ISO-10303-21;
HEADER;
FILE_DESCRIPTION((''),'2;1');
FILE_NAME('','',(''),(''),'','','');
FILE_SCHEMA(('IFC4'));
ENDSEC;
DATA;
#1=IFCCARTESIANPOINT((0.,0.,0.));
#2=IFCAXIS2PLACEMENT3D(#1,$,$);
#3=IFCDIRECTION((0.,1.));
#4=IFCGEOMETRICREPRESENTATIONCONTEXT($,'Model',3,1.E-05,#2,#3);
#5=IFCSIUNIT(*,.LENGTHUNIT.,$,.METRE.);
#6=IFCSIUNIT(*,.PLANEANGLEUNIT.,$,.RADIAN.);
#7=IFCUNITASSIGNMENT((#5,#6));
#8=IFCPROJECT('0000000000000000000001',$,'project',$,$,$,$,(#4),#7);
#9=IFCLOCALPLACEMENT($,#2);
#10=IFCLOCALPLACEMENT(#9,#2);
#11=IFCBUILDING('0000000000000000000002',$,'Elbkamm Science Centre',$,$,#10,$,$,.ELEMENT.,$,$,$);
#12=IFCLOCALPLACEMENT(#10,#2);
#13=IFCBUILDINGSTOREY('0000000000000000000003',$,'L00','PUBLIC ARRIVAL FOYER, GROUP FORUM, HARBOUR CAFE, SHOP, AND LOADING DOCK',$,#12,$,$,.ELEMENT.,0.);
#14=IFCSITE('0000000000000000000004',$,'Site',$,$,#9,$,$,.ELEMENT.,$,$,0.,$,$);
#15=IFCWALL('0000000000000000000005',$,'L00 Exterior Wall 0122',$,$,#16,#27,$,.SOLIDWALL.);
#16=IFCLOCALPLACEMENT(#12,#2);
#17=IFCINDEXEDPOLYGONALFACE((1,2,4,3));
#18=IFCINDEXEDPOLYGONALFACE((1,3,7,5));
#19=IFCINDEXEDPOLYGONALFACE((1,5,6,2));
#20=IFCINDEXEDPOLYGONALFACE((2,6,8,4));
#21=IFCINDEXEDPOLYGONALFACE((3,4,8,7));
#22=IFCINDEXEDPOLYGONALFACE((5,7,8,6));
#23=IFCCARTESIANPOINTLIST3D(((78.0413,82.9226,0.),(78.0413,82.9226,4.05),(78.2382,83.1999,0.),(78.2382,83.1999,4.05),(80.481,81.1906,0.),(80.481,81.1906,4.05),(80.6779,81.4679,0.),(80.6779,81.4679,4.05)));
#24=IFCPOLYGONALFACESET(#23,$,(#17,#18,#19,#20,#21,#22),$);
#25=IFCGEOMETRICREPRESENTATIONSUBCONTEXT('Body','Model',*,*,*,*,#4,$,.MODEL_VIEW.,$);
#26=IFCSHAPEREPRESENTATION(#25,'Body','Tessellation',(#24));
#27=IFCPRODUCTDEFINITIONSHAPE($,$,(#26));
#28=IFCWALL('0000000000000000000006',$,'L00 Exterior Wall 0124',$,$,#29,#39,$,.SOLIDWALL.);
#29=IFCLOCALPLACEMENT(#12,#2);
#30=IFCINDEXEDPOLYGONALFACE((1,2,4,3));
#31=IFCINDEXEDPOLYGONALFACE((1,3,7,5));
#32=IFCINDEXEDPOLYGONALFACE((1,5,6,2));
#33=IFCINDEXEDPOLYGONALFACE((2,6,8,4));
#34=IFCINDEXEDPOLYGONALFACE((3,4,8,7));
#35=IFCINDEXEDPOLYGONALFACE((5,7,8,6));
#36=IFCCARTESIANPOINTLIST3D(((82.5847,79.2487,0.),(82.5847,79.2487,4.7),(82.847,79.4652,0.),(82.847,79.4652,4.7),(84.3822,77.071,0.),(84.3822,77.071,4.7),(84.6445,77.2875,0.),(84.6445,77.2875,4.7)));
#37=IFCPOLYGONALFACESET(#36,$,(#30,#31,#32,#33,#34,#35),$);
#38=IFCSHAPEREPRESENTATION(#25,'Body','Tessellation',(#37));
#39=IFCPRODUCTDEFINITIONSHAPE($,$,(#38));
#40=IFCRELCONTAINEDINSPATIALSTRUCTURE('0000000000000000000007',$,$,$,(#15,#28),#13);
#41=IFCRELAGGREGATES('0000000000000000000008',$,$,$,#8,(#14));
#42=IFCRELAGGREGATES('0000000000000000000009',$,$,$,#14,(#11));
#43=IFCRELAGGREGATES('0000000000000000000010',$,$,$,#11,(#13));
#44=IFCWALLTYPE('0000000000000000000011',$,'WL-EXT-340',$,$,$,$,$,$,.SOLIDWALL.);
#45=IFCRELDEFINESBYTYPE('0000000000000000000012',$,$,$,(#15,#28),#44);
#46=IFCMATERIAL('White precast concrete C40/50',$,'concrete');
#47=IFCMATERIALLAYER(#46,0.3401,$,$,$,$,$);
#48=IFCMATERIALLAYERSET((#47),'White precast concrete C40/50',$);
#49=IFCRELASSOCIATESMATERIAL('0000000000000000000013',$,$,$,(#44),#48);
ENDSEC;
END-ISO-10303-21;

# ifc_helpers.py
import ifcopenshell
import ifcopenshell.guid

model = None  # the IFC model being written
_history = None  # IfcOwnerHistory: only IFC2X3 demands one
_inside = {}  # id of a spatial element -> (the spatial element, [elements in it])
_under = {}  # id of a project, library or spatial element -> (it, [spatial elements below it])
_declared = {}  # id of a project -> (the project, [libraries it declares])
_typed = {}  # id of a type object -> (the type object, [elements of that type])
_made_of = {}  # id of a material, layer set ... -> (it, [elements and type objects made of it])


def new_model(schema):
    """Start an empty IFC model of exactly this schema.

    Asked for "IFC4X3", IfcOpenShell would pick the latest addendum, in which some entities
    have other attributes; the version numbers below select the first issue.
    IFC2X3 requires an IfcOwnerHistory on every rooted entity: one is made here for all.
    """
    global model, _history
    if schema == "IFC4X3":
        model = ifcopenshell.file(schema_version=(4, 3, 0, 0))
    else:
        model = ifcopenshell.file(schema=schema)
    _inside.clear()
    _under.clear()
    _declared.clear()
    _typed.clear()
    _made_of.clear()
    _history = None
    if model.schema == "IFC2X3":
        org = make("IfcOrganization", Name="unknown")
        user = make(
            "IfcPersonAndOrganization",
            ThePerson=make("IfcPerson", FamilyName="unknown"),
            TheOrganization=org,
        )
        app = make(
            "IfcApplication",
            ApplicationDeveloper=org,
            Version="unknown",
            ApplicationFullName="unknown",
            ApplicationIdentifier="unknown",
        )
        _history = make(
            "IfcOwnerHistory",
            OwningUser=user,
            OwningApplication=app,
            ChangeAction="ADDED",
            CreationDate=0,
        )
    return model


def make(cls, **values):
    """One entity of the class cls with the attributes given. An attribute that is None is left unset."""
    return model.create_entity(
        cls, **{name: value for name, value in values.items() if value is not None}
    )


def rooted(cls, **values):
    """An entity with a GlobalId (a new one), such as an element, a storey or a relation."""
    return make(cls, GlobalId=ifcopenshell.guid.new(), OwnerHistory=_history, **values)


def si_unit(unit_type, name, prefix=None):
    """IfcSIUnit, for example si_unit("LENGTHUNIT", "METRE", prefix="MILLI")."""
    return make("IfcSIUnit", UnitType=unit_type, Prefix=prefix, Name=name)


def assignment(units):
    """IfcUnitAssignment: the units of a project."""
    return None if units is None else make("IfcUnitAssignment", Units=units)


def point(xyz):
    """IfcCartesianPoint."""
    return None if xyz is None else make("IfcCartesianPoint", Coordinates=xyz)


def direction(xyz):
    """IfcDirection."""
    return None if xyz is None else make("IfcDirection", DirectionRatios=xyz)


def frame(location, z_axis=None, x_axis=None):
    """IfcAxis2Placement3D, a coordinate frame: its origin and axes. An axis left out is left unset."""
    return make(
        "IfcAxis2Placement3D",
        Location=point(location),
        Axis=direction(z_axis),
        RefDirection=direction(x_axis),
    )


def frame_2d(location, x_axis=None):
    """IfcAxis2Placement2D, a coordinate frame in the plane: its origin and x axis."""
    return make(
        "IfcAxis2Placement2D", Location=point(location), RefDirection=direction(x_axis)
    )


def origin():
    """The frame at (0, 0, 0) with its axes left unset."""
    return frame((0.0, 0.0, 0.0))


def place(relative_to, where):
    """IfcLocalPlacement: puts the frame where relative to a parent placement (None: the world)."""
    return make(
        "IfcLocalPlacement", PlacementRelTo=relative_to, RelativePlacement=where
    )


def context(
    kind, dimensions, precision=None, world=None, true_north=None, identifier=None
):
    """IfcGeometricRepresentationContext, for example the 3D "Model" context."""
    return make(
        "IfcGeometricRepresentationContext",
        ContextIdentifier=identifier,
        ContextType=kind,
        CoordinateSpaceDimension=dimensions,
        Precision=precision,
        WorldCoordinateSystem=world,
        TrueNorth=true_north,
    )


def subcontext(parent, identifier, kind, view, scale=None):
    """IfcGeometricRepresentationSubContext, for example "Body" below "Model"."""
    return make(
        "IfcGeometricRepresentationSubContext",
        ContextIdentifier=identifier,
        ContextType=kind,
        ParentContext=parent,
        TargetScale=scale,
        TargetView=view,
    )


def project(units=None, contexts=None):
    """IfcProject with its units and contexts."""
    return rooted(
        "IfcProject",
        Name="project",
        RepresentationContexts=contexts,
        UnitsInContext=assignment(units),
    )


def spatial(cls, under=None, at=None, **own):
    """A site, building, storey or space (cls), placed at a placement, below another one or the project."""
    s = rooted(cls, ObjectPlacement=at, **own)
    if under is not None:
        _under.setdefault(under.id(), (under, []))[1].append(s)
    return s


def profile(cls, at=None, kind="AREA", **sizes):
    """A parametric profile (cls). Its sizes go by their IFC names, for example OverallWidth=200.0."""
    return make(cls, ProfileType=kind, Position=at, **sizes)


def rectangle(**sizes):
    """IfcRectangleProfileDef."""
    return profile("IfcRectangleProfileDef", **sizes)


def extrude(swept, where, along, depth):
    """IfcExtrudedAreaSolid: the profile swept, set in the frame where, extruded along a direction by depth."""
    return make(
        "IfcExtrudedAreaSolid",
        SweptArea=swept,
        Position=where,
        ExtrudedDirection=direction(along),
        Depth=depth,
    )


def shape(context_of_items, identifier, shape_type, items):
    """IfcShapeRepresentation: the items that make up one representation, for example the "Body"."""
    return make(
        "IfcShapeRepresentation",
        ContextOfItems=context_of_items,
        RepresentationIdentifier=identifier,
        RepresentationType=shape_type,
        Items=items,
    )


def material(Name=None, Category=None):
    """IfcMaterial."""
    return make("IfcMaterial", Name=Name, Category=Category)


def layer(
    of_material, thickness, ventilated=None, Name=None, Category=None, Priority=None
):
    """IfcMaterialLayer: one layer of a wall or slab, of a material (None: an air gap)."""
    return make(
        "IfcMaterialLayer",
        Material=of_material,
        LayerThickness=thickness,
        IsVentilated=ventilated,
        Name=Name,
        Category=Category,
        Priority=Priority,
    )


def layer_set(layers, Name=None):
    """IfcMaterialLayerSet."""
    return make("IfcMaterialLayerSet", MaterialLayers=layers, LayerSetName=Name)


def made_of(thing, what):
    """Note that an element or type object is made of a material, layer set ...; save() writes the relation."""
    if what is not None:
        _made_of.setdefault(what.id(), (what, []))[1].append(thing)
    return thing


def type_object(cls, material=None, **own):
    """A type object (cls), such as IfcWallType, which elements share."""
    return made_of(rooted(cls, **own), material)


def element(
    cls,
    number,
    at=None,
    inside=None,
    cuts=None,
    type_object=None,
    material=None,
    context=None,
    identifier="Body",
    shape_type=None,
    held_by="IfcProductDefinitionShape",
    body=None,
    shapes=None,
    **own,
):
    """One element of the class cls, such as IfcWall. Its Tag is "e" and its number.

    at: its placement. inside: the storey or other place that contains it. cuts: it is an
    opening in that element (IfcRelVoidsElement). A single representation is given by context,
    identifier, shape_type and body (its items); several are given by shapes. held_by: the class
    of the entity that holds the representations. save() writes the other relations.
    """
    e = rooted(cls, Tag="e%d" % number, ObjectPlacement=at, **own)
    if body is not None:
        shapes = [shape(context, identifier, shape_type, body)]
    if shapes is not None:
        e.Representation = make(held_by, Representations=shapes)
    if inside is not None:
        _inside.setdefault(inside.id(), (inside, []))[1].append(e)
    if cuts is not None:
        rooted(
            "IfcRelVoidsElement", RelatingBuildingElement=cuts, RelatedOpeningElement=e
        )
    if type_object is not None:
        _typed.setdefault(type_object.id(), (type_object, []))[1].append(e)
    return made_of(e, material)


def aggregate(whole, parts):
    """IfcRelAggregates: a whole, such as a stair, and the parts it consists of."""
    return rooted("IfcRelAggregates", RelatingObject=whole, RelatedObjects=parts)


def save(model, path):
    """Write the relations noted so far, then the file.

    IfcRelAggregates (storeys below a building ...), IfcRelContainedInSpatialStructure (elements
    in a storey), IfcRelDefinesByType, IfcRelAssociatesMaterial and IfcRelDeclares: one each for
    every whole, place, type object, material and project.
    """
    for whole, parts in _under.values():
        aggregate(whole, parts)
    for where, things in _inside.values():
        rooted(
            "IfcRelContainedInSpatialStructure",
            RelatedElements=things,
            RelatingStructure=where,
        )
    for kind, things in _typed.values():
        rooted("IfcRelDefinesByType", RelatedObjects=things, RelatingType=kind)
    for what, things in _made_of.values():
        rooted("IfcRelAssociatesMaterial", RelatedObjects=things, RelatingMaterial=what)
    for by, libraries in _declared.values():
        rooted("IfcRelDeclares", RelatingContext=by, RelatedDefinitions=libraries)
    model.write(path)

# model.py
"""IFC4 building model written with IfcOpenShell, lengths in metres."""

from ifc_helpers import new_model, si_unit, direction, frame, frame_2d, origin, place, context, subcontext, project, spatial, rectangle, extrude, material, layer, layer_set, type_object, element, save


model = new_model("IFC4")

# Units and contexts
model_context = context("Model", 3, precision=1e-05, world=origin(), true_north=direction((0.0, 1.0)))
body_context = subcontext(model_context, "Body", "Model", "MODEL_VIEW")
ifc_project = project(units=[si_unit("LENGTHUNIT", "METRE"), si_unit("PLANEANGLEUNIT", "RADIAN")], contexts=[model_context])

# Site, building, storey
site_placement = place(None, origin())
site = spatial("IfcSite", under=ifc_project, at=site_placement, Name="Site", CompositionType="ELEMENT", RefElevation=0.0)
building_placement = place(site_placement, origin())
building = spatial("IfcBuilding", under=site, at=building_placement, Name="Elbkamm Science Centre", CompositionType="ELEMENT")
storey_placement = place(building_placement, origin())
storey = spatial("IfcBuildingStorey", under=building, at=storey_placement, Name="L00", Description="PUBLIC ARRIVAL FOYER, GROUP FORUM, HARBOUR CAFE, SHOP, AND LOADING DOCK", CompositionType="ELEMENT", Elevation=0.0)

# Shared definitions
ifc_material_1 = material(Name="White precast concrete C40/50", Category="concrete")

# Walls
ifc_layer_1 = layer(ifc_material_1, 0.3401)
ifc_layer_set_1 = layer_set([ifc_layer_1], Name="White precast concrete C40/50")
wall_type_1 = type_object("IfcWallType", Name="WL-EXT-340", PredefinedType="SOLIDWALL", material=ifc_layer_set_1)
wall_1_placement = place(storey_placement, frame((78.1396, 83.0613, 0.0), z_axis=(0.0, 0.0, 1.0), x_axis=(0.815423, -0.578866, 0.0)))
element("IfcWall", 1, at=wall_1_placement, inside=storey, type_object=wall_type_1, Name="L00 Exterior Wall 0122", PredefinedType="SOLIDWALL", context=body_context, shape_type="SweptSolid", body=[
    extrude(rectangle(XDim=2.9919, YDim=0.3401, at=frame_2d((1.4961, 0.0))), origin(), (0.0, 0.0, 1.0), 4.05),
])
wall_2_placement = place(storey_placement, frame((82.7158, 79.3569, 0.0), z_axis=(0.0, 0.0, 1.0), x_axis=(0.636589, -0.771203, 0.0)))
element("IfcWall", 2, at=wall_2_placement, inside=storey, type_object=wall_type_1, Name="L00 Exterior Wall 0124", PredefinedType="SOLIDWALL", context=body_context, shape_type="SweptSolid", body=[
    extrude(rectangle(XDim=2.8237, YDim=0.3401, at=frame_2d((1.4119, 0.0))), origin(), (0.0, 0.0, 1.0), 4.7),
])

save(model, "model.ifc")
